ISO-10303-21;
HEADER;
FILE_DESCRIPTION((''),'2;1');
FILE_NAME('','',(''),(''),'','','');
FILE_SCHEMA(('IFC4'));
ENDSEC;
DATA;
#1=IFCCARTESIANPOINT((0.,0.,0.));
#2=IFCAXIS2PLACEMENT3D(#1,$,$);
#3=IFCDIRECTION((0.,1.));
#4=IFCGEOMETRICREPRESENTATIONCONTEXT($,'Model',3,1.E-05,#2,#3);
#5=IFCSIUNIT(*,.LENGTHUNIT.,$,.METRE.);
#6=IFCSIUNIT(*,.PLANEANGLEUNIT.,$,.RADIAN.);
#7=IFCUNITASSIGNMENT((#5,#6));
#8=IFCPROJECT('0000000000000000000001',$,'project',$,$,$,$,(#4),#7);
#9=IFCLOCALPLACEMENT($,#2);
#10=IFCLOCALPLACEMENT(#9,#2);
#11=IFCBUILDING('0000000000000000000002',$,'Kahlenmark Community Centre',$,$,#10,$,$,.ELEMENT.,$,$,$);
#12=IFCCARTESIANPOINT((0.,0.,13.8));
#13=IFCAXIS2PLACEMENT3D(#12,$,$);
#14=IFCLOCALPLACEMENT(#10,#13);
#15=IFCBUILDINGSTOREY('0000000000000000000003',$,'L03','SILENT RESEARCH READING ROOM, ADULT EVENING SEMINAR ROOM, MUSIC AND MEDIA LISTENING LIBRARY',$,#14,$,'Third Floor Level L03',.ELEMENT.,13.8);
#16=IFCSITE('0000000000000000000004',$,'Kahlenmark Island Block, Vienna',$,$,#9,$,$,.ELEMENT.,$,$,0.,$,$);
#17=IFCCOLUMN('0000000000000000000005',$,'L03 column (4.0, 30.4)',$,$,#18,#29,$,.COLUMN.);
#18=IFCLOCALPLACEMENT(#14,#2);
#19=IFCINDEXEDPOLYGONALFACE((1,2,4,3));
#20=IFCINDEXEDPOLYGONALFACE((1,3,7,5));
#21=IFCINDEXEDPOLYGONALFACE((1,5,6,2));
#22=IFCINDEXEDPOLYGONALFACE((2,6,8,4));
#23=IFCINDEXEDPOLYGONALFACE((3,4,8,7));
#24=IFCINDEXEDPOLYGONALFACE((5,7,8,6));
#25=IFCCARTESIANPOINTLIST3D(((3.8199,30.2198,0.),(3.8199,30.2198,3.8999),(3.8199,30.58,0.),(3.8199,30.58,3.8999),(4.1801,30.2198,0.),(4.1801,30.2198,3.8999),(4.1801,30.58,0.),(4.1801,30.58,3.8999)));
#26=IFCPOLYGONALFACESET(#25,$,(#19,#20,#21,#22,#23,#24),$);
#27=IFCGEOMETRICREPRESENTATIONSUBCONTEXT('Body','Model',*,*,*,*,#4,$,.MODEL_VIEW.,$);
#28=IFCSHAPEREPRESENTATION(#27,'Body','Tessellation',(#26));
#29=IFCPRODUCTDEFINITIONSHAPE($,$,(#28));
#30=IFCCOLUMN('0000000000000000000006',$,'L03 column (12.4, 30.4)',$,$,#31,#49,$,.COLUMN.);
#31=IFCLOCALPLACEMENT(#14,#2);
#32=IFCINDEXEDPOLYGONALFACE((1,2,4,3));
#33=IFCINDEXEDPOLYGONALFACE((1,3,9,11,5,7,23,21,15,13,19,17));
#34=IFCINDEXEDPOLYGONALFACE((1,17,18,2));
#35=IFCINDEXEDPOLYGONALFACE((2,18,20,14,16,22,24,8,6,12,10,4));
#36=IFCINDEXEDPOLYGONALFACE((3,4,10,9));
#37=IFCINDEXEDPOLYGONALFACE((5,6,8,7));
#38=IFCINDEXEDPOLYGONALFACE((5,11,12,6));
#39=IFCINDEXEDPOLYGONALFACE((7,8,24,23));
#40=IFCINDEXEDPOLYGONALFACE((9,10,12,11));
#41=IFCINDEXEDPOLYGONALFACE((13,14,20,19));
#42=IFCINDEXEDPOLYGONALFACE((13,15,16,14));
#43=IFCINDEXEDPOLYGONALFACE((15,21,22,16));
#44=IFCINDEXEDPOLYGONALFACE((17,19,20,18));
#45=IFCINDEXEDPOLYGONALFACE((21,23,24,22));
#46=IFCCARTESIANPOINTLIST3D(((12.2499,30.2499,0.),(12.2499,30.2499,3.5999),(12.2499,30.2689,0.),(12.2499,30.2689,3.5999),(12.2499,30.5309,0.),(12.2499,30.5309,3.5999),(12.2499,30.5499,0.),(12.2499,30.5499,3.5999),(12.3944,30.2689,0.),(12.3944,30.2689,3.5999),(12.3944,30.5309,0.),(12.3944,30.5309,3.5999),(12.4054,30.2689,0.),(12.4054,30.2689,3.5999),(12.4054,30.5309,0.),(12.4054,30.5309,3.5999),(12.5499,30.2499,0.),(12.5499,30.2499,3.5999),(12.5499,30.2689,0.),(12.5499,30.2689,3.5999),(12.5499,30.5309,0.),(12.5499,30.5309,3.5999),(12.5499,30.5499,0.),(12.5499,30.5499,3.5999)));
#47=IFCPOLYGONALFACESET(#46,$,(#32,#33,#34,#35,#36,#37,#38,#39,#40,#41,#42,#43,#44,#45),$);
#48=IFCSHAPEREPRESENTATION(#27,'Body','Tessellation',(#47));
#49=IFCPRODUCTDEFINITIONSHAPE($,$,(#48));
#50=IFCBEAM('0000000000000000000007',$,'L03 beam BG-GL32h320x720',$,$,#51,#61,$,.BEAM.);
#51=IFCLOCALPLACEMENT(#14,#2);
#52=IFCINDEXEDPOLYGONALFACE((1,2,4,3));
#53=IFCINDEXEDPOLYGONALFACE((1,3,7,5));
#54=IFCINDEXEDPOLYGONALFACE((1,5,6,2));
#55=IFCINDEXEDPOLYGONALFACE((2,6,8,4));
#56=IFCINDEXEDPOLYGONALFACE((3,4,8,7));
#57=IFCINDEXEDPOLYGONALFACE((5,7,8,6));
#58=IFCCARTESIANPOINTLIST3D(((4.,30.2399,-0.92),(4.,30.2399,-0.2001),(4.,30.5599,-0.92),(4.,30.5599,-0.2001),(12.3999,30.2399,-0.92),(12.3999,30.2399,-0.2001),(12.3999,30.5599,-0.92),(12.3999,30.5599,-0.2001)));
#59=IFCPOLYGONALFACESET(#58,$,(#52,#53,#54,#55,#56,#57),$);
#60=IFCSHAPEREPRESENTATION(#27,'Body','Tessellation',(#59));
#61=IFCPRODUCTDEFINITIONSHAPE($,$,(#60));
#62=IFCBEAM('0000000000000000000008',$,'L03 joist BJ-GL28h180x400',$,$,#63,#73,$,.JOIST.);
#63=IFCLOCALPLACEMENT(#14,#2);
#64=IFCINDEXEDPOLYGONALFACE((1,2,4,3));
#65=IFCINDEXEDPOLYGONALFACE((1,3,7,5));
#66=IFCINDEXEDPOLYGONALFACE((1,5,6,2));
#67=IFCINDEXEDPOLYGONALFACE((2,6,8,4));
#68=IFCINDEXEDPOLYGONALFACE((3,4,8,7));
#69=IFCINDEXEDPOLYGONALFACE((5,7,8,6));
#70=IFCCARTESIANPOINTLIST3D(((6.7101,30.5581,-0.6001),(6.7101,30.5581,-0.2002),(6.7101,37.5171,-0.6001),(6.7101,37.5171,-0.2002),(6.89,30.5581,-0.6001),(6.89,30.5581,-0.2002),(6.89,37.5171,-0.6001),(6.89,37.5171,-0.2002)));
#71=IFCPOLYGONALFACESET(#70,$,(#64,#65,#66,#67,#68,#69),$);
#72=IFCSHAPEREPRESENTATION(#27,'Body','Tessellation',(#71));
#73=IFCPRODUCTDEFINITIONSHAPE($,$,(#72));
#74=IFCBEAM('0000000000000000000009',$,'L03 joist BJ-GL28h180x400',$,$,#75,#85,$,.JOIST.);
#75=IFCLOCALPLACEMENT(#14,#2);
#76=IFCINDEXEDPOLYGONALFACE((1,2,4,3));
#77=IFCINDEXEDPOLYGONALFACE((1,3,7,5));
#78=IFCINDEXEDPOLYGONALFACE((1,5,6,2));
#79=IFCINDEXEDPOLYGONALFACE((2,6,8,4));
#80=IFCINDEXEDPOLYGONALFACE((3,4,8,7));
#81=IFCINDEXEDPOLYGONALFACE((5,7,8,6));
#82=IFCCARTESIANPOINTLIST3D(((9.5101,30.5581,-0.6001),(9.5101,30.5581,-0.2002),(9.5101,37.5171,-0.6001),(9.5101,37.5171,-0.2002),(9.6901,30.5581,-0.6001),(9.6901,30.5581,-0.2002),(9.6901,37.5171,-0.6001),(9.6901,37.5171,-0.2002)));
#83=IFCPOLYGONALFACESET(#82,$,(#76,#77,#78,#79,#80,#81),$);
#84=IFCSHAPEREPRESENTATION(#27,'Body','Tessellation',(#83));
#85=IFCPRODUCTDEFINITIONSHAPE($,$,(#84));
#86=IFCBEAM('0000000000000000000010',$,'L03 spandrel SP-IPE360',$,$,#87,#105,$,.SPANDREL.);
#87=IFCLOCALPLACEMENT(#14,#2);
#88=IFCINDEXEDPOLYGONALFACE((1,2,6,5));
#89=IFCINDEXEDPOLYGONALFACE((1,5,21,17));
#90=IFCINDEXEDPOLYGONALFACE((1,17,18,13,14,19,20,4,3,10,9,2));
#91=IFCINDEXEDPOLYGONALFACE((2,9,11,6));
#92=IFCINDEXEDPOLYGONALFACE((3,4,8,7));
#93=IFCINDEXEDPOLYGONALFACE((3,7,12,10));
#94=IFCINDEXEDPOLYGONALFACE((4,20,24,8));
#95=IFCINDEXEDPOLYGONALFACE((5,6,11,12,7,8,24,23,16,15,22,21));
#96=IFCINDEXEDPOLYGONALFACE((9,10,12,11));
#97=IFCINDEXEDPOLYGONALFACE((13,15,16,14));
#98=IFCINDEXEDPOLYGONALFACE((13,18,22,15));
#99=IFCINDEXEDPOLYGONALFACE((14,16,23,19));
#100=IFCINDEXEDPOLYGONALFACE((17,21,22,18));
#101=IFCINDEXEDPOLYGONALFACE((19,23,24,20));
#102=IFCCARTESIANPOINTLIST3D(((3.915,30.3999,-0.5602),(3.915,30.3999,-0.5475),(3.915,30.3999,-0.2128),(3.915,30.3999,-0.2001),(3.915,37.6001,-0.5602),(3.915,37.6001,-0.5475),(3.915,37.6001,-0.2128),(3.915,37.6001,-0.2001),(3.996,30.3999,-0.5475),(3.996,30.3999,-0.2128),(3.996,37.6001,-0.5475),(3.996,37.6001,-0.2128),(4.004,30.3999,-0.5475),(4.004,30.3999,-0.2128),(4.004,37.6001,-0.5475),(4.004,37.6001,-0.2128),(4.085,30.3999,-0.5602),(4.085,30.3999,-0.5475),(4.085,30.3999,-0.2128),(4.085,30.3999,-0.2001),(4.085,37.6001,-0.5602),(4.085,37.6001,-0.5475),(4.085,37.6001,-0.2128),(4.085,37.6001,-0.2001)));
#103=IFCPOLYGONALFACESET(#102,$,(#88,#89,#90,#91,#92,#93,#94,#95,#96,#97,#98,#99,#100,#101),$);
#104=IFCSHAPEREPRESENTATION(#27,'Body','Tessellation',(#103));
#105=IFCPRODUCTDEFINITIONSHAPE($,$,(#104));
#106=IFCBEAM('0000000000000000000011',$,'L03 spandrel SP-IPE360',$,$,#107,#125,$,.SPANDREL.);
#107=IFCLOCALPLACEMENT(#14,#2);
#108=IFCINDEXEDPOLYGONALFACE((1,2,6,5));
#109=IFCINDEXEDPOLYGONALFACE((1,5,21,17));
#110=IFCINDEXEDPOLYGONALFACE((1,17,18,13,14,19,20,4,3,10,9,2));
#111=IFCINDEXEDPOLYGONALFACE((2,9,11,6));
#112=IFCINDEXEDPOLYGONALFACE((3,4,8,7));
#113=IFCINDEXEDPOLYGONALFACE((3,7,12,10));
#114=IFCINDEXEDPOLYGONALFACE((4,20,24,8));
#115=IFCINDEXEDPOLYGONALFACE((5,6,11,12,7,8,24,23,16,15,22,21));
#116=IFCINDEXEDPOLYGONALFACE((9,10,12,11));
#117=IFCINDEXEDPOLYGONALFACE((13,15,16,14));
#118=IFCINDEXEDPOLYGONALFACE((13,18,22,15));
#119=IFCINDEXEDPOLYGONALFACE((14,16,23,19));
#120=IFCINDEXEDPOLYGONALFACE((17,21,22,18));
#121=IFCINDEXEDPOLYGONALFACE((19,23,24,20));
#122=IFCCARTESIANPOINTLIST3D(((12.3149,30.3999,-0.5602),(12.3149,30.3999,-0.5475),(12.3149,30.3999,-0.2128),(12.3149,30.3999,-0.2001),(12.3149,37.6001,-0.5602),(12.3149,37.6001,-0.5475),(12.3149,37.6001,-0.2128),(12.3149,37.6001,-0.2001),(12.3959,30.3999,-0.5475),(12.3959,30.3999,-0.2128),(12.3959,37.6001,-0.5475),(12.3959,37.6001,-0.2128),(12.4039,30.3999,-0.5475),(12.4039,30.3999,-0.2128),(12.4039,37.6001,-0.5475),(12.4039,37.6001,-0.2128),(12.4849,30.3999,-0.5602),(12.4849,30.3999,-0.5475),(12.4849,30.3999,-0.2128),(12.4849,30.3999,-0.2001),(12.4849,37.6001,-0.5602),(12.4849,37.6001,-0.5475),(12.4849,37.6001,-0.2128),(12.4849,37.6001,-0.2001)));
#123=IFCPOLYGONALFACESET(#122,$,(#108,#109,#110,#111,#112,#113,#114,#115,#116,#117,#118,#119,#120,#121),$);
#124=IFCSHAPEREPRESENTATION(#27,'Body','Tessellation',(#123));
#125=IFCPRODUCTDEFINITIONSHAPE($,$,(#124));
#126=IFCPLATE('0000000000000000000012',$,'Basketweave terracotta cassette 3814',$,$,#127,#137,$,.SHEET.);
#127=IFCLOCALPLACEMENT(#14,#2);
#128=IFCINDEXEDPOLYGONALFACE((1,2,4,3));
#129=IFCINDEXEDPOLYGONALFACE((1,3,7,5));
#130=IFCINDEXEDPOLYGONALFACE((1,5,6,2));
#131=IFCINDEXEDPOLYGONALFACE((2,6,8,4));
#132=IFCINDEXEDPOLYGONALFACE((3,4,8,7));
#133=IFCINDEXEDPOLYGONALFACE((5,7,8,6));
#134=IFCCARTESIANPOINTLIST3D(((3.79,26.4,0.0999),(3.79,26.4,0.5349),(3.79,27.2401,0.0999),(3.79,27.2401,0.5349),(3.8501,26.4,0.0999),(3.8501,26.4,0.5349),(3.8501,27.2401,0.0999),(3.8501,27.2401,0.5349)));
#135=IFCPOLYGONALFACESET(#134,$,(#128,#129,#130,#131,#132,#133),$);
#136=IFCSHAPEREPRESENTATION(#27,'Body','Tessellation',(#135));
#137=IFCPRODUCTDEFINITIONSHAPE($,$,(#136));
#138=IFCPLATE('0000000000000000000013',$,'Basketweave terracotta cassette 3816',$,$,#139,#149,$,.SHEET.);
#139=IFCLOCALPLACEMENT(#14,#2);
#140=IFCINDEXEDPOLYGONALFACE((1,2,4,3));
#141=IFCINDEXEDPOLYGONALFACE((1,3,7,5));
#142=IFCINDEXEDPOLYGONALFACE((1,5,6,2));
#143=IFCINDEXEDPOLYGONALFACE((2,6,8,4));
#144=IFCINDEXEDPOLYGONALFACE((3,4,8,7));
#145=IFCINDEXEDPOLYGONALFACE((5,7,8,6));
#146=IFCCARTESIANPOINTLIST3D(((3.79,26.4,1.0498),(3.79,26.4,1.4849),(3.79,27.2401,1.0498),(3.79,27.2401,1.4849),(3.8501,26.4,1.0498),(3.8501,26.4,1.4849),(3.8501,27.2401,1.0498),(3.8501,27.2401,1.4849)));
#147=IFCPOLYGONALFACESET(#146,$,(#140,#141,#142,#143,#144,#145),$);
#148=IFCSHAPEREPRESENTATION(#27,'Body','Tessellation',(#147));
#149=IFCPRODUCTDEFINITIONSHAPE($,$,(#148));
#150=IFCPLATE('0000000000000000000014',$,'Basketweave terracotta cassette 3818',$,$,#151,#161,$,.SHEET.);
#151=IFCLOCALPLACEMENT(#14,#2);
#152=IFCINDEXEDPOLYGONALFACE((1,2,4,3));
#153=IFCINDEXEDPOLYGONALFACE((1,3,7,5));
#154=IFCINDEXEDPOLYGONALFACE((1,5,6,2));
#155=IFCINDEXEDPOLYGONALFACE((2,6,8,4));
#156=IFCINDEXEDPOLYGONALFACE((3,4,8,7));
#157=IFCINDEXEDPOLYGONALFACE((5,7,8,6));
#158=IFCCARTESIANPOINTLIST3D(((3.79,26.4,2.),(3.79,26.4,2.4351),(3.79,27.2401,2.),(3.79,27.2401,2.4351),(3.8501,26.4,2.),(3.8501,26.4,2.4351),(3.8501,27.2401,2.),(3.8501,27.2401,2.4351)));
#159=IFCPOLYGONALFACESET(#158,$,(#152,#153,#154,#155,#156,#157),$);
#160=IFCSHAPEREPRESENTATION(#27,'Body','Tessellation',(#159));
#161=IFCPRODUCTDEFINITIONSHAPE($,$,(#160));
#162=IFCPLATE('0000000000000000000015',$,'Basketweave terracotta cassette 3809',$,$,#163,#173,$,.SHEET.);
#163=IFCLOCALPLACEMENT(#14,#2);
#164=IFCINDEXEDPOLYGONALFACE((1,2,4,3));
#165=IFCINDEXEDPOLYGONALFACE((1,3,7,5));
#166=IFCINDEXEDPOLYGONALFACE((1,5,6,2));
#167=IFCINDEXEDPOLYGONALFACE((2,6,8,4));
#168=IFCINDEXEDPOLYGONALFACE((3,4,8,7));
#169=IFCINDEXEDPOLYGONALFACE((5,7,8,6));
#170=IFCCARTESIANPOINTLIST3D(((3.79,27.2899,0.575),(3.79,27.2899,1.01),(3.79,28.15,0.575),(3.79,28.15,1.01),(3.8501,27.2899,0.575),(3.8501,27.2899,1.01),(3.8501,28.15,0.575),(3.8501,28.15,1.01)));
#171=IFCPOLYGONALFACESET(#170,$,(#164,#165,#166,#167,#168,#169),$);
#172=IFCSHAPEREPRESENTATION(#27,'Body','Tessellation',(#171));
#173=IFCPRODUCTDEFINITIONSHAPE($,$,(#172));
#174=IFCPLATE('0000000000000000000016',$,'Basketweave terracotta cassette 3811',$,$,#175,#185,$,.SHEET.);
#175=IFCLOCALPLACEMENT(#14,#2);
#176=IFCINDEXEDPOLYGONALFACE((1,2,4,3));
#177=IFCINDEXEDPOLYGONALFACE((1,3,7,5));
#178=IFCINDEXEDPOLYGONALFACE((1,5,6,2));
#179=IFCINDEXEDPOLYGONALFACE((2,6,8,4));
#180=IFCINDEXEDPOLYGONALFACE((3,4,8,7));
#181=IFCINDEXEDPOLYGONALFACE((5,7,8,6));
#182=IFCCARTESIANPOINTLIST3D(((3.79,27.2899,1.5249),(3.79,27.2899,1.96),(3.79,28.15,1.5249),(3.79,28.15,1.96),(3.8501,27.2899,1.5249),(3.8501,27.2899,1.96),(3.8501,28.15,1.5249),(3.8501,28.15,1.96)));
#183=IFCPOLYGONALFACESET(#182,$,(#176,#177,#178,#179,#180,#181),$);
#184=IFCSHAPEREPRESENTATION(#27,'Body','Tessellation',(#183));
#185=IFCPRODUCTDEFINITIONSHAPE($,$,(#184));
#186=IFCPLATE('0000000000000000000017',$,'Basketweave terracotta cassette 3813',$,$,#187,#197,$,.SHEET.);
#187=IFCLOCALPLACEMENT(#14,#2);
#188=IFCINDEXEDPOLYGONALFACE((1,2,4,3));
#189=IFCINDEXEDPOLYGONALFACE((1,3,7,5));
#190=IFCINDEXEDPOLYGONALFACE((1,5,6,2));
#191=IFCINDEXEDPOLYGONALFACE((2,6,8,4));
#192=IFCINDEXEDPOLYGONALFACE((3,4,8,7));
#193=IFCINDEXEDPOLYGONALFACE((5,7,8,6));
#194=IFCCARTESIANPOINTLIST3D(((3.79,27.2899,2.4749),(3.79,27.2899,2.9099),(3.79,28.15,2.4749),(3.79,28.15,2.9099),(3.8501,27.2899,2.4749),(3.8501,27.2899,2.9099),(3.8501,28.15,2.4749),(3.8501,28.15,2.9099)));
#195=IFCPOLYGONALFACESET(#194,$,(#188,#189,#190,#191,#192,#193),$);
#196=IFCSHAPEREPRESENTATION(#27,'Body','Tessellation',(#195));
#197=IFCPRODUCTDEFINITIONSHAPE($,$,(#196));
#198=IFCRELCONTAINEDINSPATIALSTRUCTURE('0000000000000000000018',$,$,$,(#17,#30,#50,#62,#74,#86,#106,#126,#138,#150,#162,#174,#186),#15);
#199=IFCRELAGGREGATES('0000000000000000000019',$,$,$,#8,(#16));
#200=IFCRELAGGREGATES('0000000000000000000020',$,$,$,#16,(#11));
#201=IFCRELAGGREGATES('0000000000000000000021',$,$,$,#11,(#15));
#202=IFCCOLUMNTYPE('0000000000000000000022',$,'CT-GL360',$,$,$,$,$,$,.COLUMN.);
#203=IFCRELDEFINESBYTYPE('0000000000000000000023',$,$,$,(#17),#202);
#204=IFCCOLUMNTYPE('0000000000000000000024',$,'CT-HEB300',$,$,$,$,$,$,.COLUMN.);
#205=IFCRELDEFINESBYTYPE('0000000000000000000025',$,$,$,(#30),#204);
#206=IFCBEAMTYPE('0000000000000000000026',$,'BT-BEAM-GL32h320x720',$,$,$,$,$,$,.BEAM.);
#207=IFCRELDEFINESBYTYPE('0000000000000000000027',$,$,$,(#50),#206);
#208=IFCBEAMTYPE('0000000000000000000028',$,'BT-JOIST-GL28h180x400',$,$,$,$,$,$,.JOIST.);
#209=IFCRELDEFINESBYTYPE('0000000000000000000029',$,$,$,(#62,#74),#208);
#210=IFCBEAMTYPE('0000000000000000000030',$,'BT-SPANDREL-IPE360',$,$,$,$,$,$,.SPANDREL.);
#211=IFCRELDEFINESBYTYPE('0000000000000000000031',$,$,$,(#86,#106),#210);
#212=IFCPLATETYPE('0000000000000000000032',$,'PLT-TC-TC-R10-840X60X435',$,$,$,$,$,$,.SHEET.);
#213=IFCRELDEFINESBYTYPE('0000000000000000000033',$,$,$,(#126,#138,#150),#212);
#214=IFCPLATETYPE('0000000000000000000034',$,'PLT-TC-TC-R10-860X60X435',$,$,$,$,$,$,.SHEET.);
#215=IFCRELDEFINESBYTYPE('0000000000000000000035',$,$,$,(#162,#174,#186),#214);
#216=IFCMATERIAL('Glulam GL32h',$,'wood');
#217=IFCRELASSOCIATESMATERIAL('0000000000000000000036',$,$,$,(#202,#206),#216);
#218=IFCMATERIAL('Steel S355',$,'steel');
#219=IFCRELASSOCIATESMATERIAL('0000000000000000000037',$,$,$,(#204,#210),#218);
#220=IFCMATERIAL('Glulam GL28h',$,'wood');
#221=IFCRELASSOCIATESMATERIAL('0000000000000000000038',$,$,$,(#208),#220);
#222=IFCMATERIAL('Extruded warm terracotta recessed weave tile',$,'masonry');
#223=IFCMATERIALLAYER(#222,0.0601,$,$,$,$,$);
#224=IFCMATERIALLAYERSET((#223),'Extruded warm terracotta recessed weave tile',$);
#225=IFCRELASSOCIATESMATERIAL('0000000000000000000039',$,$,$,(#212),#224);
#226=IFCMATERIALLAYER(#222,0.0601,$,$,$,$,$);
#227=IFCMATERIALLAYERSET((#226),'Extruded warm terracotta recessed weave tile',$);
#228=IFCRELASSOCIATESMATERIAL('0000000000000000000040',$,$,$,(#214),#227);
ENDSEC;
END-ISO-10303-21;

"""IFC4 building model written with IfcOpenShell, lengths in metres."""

from ifc_helpers import new_model, si_unit, direction, frame, origin, origin_2d, place, context, subcontext, project, spatial, rectangle, i_section, extrude, material, layer, layer_set, material_profile, profile_set, type_object, element, save


model = new_model("IFC4")

# Units and contexts
model_context = context("Model", 3, precision=1e-05, world=origin(), true_north=direction((0.0, 1.0)))
body_context = subcontext(model_context, "Body", "Model", "MODEL_VIEW")
ifc_project = project(units=[si_unit("LENGTHUNIT", "METRE"), si_unit("PLANEANGLEUNIT", "RADIAN")], contexts=[model_context])

# Site, building, storey
site_placement = place(None, origin())
site = spatial("IfcSite", under=ifc_project, at=site_placement, Name="Kahlenmark Island Block, Vienna", CompositionType="ELEMENT", RefElevation=0.0)
building_placement = place(site_placement, origin())
building = spatial("IfcBuilding", under=site, at=building_placement, Name="Kahlenmark Community Centre", CompositionType="ELEMENT")
storey_placement = place(building_placement, frame((0.0, 0.0, 13.8)))
storey = spatial("IfcBuildingStorey", under=building, at=storey_placement, Name="L03", Description="SILENT RESEARCH READING ROOM, ADULT EVENING SEMINAR ROOM, MUSIC AND MEDIA LISTENING LIBRARY", LongName="Third Floor Level L03", CompositionType="ELEMENT", Elevation=13.8)

# Columns
ifc_material_1 = material(Name="Glulam GL32h", Category="wood")
ifc_material_profile_1 = material_profile(ifc_material_1, rectangle(XDim=0.3601, YDim=0.3601, at=origin_2d()), Name="GL32h 360x360")
ifc_profile_set_1 = profile_set([ifc_material_profile_1], Name="Glulam GL32h")
column_type_1 = type_object("IfcColumnType", Name="CT-GL360", PredefinedType="COLUMN", material=ifc_profile_set_1)
column_1_placement = place(storey_placement, frame((4.0, 30.3999, 0.0), z_axis=(0.0, 0.0, 1.0), x_axis=(1.0, 0.0, 0.0)))
element("IfcColumn", 1, at=column_1_placement, inside=storey, type_object=column_type_1, Name="L03 column (4.0, 30.4)", PredefinedType="COLUMN", context=body_context, shape_type="SweptSolid", body=[
    extrude(rectangle(XDim=0.3601, YDim=0.3601, at=origin_2d()), origin(), (0.0, 0.0, 1.0), 3.8999),
])
ifc_material_2 = material(Name="Steel S355", Category="steel")
ifc_material_profile_2 = material_profile(ifc_material_2, i_section(OverallWidth=0.3, OverallDepth=0.3, WebThickness=0.011, FlangeThickness=0.019, at=origin_2d()), Name="HEB 300")
ifc_profile_set_2 = profile_set([ifc_material_profile_2], Name="Steel S355")
column_type_2 = type_object("IfcColumnType", Name="CT-HEB300", PredefinedType="COLUMN", material=ifc_profile_set_2)
column_2_placement = place(storey_placement, frame((12.3999, 30.3999, 0.0), z_axis=(0.0, 0.0, 1.0), x_axis=(1.0, 0.0, 0.0)))
element("IfcColumn", 2, at=column_2_placement, inside=storey, type_object=column_type_2, Name="L03 column (12.4, 30.4)", PredefinedType="COLUMN", context=body_context, shape_type="SweptSolid", body=[
    extrude(i_section(OverallWidth=0.3, OverallDepth=0.3, WebThickness=0.011, FlangeThickness=0.019, at=origin_2d()), origin(), (0.0, 0.0, 1.0), 3.5999),
])

# Beams
ifc_material_profile_3 = material_profile(ifc_material_1, rectangle(XDim=0.3201, YDim=0.72, at=origin_2d()), Name="GL32h 320x720")
ifc_profile_set_3 = profile_set([ifc_material_profile_3], Name="Glulam GL32h")
beam_type_1 = type_object("IfcBeamType", Name="BT-BEAM-GL32h320x720", PredefinedType="BEAM", material=ifc_profile_set_3)
beam_placement = place(storey_placement, frame((4.0, 30.3999, -0.5601), z_axis=(1.0, 0.0, 0.0), x_axis=(0.0, 1.0, 0.0)))
element("IfcBeam", 3, at=beam_placement, inside=storey, type_object=beam_type_1, Name="L03 beam BG-GL32h320x720", PredefinedType="BEAM", context=body_context, shape_type="SweptSolid", body=[
    extrude(rectangle(XDim=0.3201, YDim=0.72, at=origin_2d()), origin(), (0.0, 0.0, 1.0), 8.3999),
])
ifc_material_3 = material(Name="Glulam GL28h", Category="wood")
ifc_material_profile_4 = material_profile(ifc_material_3, rectangle(XDim=0.1799, YDim=0.3999, at=origin_2d()), Name="GL28h 180x400")
ifc_profile_set_4 = profile_set([ifc_material_profile_4], Name="Glulam GL28h")
beam_type_2 = type_object("IfcBeamType", Name="BT-JOIST-GL28h180x400", PredefinedType="JOIST", material=ifc_profile_set_4)
for number, where, z_axis, x_axis, name in (
    (4, (6.8, 30.5581, -0.4001), (0.0, 1.0, 0.0), (-1.0, 0.0, 0.0), "L03 joist BJ-GL28h180x400"),
    (5, (9.6001, 30.5581, -0.4001), (0.0, 1.0, 0.0), (-1.0, 0.0, 0.0), "L03 joist BJ-GL28h180x400"),
):
    element("IfcBeam", number, at=place(storey_placement, frame(where, z_axis=z_axis, x_axis=x_axis)), inside=storey, type_object=beam_type_2, Name=name, PredefinedType="JOIST", context=body_context, shape_type="SweptSolid", body=[
        extrude(rectangle(XDim=0.1799, YDim=0.3999, at=origin_2d()), origin(), (0.0, 0.0, 1.0), 6.959),
    ])
ifc_material_profile_5 = material_profile(ifc_material_2, i_section(OverallWidth=0.1699, OverallDepth=0.3601, WebThickness=0.0081, FlangeThickness=0.0127, at=origin_2d()), Name="IPE 360")
ifc_profile_set_5 = profile_set([ifc_material_profile_5], Name="Steel S355")
beam_type_3 = type_object("IfcBeamType", Name="BT-SPANDREL-IPE360", PredefinedType="SPANDREL", material=ifc_profile_set_5)
for number, where, z_axis, x_axis, name in (
    (6, (4.0, 30.3999, -0.3801), (0.0, 1.0, 0.0), (-1.0, 0.0, 0.0), "L03 spandrel SP-IPE360"),
    (7, (12.3999, 30.3999, -0.3801), (0.0, 1.0, 0.0), (-1.0, 0.0, 0.0), "L03 spandrel SP-IPE360"),
):
    element("IfcBeam", number, at=place(storey_placement, frame(where, z_axis=z_axis, x_axis=x_axis)), inside=storey, type_object=beam_type_3, Name=name, PredefinedType="SPANDREL", context=body_context, shape_type="SweptSolid", body=[
        extrude(i_section(OverallWidth=0.1699, OverallDepth=0.3601, WebThickness=0.0081, FlangeThickness=0.0127, at=origin_2d()), origin(), (0.0, 0.0, 1.0), 7.2002),
    ])

# Plates
ifc_material_4 = material(Name="Extruded warm terracotta recessed weave tile", Category="masonry")
ifc_layer_1 = layer(ifc_material_4, 0.0601)
ifc_layer_set_1 = layer_set([ifc_layer_1], Name="Extruded warm terracotta recessed weave tile")
plate_type_1 = type_object("IfcPlateType", Name="PLT-TC-TC-R10-840X60X435", PredefinedType="SHEET", material=ifc_layer_set_1)
for number, where, z_axis, x_axis, name in (
    (8, (3.8201, 26.8201, 0.0999), (0.0, 0.0, 1.0), (0.0, -1.0, 0.0), "Basketweave terracotta cassette 3814"),
    (9, (3.8201, 26.8201, 1.0498), (0.0, 0.0, 1.0), (0.0, -1.0, 0.0), "Basketweave terracotta cassette 3816"),
    (10, (3.8201, 26.8201, 2.0), (0.0, 0.0, 1.0), (0.0, -1.0, 0.0), "Basketweave terracotta cassette 3818"),
):
    element("IfcPlate", number, at=place(storey_placement, frame(where, z_axis=z_axis, x_axis=x_axis)), inside=storey, type_object=plate_type_1, Name=name, PredefinedType="SHEET", context=body_context, shape_type="SweptSolid", body=[
        extrude(rectangle(XDim=0.8401, YDim=0.0601, at=origin_2d()), origin(), (0.0, 0.0, 1.0), 0.4351),
    ])
ifc_layer_2 = layer(ifc_material_4, 0.0601)
ifc_layer_set_2 = layer_set([ifc_layer_2], Name="Extruded warm terracotta recessed weave tile")
plate_type_2 = type_object("IfcPlateType", Name="PLT-TC-TC-R10-860X60X435", PredefinedType="SHEET", material=ifc_layer_set_2)
for number, where, z_axis, x_axis, name in (
    (11, (3.8201, 27.72, 0.575), (0.0, 0.0, 1.0), (0.0, -1.0, 0.0), "Basketweave terracotta cassette 3809"),
    (12, (3.8201, 27.72, 1.5249), (0.0, 0.0, 1.0), (0.0, -1.0, 0.0), "Basketweave terracotta cassette 3811"),
    (13, (3.8201, 27.72, 2.4749), (0.0, 0.0, 1.0), (0.0, -1.0, 0.0), "Basketweave terracotta cassette 3813"),
):
    element("IfcPlate", number, at=place(storey_placement, frame(where, z_axis=z_axis, x_axis=x_axis)), inside=storey, type_object=plate_type_2, Name=name, PredefinedType="SHEET", context=body_context, shape_type="SweptSolid", body=[
        extrude(rectangle(XDim=0.8601, YDim=0.0601, at=origin_2d()), origin(), (0.0, 0.0, 1.0), 0.4351),
    ])

save(model, "model.ifc")
